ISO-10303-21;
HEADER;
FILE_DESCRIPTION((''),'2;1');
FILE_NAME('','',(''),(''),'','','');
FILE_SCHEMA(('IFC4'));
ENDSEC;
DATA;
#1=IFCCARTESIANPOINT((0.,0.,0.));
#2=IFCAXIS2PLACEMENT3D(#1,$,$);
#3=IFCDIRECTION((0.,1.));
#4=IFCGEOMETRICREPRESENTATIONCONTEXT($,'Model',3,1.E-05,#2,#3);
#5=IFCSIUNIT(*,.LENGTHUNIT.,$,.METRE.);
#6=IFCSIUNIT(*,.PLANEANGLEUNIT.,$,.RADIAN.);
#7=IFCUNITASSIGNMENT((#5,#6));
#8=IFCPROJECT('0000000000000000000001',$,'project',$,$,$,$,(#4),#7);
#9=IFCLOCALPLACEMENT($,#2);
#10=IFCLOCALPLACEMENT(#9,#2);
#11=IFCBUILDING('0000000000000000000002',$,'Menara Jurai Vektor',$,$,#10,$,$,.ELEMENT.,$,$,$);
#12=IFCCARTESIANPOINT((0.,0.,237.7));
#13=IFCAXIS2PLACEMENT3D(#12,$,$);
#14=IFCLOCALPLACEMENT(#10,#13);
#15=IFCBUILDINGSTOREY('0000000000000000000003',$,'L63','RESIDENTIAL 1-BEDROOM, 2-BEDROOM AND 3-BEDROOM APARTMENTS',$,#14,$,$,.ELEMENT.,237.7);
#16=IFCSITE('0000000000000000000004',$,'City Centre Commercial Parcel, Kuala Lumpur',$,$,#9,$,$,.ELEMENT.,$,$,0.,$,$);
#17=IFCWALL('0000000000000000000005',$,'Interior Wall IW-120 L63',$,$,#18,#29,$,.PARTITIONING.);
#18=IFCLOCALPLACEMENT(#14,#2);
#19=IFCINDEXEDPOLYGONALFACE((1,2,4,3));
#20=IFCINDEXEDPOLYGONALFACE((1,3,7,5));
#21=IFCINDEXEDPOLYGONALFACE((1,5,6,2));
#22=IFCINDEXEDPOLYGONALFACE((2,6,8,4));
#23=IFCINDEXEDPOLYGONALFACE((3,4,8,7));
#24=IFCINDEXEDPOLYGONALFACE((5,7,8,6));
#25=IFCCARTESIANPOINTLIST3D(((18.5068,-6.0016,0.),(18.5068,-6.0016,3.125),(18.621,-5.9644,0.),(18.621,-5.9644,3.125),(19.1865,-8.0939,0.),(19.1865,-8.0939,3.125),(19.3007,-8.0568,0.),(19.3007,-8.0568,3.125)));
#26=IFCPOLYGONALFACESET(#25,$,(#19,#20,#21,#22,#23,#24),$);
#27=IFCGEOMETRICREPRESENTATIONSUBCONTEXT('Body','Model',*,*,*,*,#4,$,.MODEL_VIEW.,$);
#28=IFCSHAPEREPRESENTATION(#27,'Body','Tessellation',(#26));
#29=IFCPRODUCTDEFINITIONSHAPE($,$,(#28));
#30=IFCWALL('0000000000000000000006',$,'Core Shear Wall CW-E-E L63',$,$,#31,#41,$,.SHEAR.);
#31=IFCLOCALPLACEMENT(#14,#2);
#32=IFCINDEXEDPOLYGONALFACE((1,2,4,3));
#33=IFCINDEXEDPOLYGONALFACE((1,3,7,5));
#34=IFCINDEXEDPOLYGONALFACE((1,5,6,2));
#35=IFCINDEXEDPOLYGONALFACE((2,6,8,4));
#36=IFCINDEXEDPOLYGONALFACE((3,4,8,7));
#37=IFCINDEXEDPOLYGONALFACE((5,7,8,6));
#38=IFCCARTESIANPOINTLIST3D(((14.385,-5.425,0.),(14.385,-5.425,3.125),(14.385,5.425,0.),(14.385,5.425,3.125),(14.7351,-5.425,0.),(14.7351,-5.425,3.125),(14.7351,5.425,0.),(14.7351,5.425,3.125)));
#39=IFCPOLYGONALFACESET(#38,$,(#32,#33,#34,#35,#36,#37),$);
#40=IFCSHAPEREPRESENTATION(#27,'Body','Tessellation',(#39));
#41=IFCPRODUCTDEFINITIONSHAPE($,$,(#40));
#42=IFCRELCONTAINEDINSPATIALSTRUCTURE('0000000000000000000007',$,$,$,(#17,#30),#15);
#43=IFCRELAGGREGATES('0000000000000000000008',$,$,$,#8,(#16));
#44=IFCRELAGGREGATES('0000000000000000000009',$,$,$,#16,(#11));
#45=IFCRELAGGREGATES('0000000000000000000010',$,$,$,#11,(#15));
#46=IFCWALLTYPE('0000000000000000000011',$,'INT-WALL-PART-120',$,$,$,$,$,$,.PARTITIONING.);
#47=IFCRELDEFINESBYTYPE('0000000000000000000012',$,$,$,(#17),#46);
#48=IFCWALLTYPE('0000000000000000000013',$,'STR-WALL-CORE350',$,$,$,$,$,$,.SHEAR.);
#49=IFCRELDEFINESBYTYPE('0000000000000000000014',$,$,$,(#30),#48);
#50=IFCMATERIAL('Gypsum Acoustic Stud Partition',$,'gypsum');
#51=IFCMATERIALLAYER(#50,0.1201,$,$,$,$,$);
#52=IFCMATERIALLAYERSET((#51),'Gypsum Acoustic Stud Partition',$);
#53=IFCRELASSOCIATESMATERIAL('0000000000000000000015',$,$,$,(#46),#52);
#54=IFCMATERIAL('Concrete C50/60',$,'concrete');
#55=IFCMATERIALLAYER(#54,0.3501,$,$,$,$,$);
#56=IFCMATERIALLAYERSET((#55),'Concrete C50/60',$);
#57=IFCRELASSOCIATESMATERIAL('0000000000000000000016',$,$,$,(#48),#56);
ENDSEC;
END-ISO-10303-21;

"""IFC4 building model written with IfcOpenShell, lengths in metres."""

from ifc_helpers import new_model, si_unit, direction, frame, frame_2d, origin, place, context, subcontext, project, spatial, rectangle, extrude, material, layer, layer_set, type_object, element, save


model = new_model("IFC4")

# Units and contexts
model_context = context("Model", 3, precision=1e-05, world=origin(), true_north=direction((0.0, 1.0)))
body_context = subcontext(model_context, "Body", "Model", "MODEL_VIEW")
ifc_project = project(units=[si_unit("LENGTHUNIT", "METRE"), si_unit("PLANEANGLEUNIT", "RADIAN")], contexts=[model_context])

# Site, building, storey
site_placement = place(None, origin())
site = spatial("IfcSite", under=ifc_project, at=site_placement, Name="City Centre Commercial Parcel, Kuala Lumpur", CompositionType="ELEMENT", RefElevation=0.0)
building_placement = place(site_placement, origin())
building = spatial("IfcBuilding", under=site, at=building_placement, Name="Menara Jurai Vektor", CompositionType="ELEMENT")
storey_placement = place(building_placement, frame((0.0, 0.0, 237.7)))
storey = spatial("IfcBuildingStorey", under=building, at=storey_placement, Name="L63", Description="RESIDENTIAL 1-BEDROOM, 2-BEDROOM AND 3-BEDROOM APARTMENTS", CompositionType="ELEMENT", Elevation=237.7)

# Shared definitions
ifc_material_1 = material(Name="Concrete C50/60", Category="concrete")

# Walls
ifc_material_2 = material(Name="Gypsum Acoustic Stud Partition", Category="gypsum")
ifc_layer_1 = layer(ifc_material_2, 0.1201)
ifc_layer_set_1 = layer_set([ifc_layer_1], Name="Gypsum Acoustic Stud Partition")
wall_type_1 = type_object("IfcWallType", Name="INT-WALL-PART-120", PredefinedType="PARTITIONING", material=ifc_layer_set_1)
wall_1_placement = place(storey_placement, frame((19.2437, -8.0754, 0.0), z_axis=(0.0, 0.0, 1.0), x_axis=(-0.308961, 0.951075, 0.0)))
element("IfcWall", 1, at=wall_1_placement, inside=storey, type_object=wall_type_1, Name="Interior Wall IW-120 L63", PredefinedType="PARTITIONING", context=body_context, shape_type="SweptSolid", body=[
    extrude(rectangle(XDim=2.2, YDim=0.1201, at=frame_2d((1.1001, 0.0))), origin(), (0.0, 0.0, 1.0), 3.125),
])
ifc_layer_2 = layer(ifc_material_1, 0.3501)
ifc_layer_set_2 = layer_set([ifc_layer_2], Name="Concrete C50/60")
wall_type_2 = type_object("IfcWallType", Name="STR-WALL-CORE350", PredefinedType="SHEAR", material=ifc_layer_set_2)
wall_2_placement = place(storey_placement, frame((14.5601, -5.425, 0.0), z_axis=(0.0, 0.0, 1.0), x_axis=(0.0, 1.0, 0.0)))
element("IfcWall", 2, at=wall_2_placement, inside=storey, type_object=wall_type_2, Name="Core Shear Wall CW-E-E L63", PredefinedType="SHEAR", context=body_context, shape_type="SweptSolid", body=[
    extrude(rectangle(XDim=10.8501, YDim=0.3501, at=frame_2d((5.425, 0.0))), origin(), (0.0, 0.0, 1.0), 3.125),
])

save(model, "model.ifc")
